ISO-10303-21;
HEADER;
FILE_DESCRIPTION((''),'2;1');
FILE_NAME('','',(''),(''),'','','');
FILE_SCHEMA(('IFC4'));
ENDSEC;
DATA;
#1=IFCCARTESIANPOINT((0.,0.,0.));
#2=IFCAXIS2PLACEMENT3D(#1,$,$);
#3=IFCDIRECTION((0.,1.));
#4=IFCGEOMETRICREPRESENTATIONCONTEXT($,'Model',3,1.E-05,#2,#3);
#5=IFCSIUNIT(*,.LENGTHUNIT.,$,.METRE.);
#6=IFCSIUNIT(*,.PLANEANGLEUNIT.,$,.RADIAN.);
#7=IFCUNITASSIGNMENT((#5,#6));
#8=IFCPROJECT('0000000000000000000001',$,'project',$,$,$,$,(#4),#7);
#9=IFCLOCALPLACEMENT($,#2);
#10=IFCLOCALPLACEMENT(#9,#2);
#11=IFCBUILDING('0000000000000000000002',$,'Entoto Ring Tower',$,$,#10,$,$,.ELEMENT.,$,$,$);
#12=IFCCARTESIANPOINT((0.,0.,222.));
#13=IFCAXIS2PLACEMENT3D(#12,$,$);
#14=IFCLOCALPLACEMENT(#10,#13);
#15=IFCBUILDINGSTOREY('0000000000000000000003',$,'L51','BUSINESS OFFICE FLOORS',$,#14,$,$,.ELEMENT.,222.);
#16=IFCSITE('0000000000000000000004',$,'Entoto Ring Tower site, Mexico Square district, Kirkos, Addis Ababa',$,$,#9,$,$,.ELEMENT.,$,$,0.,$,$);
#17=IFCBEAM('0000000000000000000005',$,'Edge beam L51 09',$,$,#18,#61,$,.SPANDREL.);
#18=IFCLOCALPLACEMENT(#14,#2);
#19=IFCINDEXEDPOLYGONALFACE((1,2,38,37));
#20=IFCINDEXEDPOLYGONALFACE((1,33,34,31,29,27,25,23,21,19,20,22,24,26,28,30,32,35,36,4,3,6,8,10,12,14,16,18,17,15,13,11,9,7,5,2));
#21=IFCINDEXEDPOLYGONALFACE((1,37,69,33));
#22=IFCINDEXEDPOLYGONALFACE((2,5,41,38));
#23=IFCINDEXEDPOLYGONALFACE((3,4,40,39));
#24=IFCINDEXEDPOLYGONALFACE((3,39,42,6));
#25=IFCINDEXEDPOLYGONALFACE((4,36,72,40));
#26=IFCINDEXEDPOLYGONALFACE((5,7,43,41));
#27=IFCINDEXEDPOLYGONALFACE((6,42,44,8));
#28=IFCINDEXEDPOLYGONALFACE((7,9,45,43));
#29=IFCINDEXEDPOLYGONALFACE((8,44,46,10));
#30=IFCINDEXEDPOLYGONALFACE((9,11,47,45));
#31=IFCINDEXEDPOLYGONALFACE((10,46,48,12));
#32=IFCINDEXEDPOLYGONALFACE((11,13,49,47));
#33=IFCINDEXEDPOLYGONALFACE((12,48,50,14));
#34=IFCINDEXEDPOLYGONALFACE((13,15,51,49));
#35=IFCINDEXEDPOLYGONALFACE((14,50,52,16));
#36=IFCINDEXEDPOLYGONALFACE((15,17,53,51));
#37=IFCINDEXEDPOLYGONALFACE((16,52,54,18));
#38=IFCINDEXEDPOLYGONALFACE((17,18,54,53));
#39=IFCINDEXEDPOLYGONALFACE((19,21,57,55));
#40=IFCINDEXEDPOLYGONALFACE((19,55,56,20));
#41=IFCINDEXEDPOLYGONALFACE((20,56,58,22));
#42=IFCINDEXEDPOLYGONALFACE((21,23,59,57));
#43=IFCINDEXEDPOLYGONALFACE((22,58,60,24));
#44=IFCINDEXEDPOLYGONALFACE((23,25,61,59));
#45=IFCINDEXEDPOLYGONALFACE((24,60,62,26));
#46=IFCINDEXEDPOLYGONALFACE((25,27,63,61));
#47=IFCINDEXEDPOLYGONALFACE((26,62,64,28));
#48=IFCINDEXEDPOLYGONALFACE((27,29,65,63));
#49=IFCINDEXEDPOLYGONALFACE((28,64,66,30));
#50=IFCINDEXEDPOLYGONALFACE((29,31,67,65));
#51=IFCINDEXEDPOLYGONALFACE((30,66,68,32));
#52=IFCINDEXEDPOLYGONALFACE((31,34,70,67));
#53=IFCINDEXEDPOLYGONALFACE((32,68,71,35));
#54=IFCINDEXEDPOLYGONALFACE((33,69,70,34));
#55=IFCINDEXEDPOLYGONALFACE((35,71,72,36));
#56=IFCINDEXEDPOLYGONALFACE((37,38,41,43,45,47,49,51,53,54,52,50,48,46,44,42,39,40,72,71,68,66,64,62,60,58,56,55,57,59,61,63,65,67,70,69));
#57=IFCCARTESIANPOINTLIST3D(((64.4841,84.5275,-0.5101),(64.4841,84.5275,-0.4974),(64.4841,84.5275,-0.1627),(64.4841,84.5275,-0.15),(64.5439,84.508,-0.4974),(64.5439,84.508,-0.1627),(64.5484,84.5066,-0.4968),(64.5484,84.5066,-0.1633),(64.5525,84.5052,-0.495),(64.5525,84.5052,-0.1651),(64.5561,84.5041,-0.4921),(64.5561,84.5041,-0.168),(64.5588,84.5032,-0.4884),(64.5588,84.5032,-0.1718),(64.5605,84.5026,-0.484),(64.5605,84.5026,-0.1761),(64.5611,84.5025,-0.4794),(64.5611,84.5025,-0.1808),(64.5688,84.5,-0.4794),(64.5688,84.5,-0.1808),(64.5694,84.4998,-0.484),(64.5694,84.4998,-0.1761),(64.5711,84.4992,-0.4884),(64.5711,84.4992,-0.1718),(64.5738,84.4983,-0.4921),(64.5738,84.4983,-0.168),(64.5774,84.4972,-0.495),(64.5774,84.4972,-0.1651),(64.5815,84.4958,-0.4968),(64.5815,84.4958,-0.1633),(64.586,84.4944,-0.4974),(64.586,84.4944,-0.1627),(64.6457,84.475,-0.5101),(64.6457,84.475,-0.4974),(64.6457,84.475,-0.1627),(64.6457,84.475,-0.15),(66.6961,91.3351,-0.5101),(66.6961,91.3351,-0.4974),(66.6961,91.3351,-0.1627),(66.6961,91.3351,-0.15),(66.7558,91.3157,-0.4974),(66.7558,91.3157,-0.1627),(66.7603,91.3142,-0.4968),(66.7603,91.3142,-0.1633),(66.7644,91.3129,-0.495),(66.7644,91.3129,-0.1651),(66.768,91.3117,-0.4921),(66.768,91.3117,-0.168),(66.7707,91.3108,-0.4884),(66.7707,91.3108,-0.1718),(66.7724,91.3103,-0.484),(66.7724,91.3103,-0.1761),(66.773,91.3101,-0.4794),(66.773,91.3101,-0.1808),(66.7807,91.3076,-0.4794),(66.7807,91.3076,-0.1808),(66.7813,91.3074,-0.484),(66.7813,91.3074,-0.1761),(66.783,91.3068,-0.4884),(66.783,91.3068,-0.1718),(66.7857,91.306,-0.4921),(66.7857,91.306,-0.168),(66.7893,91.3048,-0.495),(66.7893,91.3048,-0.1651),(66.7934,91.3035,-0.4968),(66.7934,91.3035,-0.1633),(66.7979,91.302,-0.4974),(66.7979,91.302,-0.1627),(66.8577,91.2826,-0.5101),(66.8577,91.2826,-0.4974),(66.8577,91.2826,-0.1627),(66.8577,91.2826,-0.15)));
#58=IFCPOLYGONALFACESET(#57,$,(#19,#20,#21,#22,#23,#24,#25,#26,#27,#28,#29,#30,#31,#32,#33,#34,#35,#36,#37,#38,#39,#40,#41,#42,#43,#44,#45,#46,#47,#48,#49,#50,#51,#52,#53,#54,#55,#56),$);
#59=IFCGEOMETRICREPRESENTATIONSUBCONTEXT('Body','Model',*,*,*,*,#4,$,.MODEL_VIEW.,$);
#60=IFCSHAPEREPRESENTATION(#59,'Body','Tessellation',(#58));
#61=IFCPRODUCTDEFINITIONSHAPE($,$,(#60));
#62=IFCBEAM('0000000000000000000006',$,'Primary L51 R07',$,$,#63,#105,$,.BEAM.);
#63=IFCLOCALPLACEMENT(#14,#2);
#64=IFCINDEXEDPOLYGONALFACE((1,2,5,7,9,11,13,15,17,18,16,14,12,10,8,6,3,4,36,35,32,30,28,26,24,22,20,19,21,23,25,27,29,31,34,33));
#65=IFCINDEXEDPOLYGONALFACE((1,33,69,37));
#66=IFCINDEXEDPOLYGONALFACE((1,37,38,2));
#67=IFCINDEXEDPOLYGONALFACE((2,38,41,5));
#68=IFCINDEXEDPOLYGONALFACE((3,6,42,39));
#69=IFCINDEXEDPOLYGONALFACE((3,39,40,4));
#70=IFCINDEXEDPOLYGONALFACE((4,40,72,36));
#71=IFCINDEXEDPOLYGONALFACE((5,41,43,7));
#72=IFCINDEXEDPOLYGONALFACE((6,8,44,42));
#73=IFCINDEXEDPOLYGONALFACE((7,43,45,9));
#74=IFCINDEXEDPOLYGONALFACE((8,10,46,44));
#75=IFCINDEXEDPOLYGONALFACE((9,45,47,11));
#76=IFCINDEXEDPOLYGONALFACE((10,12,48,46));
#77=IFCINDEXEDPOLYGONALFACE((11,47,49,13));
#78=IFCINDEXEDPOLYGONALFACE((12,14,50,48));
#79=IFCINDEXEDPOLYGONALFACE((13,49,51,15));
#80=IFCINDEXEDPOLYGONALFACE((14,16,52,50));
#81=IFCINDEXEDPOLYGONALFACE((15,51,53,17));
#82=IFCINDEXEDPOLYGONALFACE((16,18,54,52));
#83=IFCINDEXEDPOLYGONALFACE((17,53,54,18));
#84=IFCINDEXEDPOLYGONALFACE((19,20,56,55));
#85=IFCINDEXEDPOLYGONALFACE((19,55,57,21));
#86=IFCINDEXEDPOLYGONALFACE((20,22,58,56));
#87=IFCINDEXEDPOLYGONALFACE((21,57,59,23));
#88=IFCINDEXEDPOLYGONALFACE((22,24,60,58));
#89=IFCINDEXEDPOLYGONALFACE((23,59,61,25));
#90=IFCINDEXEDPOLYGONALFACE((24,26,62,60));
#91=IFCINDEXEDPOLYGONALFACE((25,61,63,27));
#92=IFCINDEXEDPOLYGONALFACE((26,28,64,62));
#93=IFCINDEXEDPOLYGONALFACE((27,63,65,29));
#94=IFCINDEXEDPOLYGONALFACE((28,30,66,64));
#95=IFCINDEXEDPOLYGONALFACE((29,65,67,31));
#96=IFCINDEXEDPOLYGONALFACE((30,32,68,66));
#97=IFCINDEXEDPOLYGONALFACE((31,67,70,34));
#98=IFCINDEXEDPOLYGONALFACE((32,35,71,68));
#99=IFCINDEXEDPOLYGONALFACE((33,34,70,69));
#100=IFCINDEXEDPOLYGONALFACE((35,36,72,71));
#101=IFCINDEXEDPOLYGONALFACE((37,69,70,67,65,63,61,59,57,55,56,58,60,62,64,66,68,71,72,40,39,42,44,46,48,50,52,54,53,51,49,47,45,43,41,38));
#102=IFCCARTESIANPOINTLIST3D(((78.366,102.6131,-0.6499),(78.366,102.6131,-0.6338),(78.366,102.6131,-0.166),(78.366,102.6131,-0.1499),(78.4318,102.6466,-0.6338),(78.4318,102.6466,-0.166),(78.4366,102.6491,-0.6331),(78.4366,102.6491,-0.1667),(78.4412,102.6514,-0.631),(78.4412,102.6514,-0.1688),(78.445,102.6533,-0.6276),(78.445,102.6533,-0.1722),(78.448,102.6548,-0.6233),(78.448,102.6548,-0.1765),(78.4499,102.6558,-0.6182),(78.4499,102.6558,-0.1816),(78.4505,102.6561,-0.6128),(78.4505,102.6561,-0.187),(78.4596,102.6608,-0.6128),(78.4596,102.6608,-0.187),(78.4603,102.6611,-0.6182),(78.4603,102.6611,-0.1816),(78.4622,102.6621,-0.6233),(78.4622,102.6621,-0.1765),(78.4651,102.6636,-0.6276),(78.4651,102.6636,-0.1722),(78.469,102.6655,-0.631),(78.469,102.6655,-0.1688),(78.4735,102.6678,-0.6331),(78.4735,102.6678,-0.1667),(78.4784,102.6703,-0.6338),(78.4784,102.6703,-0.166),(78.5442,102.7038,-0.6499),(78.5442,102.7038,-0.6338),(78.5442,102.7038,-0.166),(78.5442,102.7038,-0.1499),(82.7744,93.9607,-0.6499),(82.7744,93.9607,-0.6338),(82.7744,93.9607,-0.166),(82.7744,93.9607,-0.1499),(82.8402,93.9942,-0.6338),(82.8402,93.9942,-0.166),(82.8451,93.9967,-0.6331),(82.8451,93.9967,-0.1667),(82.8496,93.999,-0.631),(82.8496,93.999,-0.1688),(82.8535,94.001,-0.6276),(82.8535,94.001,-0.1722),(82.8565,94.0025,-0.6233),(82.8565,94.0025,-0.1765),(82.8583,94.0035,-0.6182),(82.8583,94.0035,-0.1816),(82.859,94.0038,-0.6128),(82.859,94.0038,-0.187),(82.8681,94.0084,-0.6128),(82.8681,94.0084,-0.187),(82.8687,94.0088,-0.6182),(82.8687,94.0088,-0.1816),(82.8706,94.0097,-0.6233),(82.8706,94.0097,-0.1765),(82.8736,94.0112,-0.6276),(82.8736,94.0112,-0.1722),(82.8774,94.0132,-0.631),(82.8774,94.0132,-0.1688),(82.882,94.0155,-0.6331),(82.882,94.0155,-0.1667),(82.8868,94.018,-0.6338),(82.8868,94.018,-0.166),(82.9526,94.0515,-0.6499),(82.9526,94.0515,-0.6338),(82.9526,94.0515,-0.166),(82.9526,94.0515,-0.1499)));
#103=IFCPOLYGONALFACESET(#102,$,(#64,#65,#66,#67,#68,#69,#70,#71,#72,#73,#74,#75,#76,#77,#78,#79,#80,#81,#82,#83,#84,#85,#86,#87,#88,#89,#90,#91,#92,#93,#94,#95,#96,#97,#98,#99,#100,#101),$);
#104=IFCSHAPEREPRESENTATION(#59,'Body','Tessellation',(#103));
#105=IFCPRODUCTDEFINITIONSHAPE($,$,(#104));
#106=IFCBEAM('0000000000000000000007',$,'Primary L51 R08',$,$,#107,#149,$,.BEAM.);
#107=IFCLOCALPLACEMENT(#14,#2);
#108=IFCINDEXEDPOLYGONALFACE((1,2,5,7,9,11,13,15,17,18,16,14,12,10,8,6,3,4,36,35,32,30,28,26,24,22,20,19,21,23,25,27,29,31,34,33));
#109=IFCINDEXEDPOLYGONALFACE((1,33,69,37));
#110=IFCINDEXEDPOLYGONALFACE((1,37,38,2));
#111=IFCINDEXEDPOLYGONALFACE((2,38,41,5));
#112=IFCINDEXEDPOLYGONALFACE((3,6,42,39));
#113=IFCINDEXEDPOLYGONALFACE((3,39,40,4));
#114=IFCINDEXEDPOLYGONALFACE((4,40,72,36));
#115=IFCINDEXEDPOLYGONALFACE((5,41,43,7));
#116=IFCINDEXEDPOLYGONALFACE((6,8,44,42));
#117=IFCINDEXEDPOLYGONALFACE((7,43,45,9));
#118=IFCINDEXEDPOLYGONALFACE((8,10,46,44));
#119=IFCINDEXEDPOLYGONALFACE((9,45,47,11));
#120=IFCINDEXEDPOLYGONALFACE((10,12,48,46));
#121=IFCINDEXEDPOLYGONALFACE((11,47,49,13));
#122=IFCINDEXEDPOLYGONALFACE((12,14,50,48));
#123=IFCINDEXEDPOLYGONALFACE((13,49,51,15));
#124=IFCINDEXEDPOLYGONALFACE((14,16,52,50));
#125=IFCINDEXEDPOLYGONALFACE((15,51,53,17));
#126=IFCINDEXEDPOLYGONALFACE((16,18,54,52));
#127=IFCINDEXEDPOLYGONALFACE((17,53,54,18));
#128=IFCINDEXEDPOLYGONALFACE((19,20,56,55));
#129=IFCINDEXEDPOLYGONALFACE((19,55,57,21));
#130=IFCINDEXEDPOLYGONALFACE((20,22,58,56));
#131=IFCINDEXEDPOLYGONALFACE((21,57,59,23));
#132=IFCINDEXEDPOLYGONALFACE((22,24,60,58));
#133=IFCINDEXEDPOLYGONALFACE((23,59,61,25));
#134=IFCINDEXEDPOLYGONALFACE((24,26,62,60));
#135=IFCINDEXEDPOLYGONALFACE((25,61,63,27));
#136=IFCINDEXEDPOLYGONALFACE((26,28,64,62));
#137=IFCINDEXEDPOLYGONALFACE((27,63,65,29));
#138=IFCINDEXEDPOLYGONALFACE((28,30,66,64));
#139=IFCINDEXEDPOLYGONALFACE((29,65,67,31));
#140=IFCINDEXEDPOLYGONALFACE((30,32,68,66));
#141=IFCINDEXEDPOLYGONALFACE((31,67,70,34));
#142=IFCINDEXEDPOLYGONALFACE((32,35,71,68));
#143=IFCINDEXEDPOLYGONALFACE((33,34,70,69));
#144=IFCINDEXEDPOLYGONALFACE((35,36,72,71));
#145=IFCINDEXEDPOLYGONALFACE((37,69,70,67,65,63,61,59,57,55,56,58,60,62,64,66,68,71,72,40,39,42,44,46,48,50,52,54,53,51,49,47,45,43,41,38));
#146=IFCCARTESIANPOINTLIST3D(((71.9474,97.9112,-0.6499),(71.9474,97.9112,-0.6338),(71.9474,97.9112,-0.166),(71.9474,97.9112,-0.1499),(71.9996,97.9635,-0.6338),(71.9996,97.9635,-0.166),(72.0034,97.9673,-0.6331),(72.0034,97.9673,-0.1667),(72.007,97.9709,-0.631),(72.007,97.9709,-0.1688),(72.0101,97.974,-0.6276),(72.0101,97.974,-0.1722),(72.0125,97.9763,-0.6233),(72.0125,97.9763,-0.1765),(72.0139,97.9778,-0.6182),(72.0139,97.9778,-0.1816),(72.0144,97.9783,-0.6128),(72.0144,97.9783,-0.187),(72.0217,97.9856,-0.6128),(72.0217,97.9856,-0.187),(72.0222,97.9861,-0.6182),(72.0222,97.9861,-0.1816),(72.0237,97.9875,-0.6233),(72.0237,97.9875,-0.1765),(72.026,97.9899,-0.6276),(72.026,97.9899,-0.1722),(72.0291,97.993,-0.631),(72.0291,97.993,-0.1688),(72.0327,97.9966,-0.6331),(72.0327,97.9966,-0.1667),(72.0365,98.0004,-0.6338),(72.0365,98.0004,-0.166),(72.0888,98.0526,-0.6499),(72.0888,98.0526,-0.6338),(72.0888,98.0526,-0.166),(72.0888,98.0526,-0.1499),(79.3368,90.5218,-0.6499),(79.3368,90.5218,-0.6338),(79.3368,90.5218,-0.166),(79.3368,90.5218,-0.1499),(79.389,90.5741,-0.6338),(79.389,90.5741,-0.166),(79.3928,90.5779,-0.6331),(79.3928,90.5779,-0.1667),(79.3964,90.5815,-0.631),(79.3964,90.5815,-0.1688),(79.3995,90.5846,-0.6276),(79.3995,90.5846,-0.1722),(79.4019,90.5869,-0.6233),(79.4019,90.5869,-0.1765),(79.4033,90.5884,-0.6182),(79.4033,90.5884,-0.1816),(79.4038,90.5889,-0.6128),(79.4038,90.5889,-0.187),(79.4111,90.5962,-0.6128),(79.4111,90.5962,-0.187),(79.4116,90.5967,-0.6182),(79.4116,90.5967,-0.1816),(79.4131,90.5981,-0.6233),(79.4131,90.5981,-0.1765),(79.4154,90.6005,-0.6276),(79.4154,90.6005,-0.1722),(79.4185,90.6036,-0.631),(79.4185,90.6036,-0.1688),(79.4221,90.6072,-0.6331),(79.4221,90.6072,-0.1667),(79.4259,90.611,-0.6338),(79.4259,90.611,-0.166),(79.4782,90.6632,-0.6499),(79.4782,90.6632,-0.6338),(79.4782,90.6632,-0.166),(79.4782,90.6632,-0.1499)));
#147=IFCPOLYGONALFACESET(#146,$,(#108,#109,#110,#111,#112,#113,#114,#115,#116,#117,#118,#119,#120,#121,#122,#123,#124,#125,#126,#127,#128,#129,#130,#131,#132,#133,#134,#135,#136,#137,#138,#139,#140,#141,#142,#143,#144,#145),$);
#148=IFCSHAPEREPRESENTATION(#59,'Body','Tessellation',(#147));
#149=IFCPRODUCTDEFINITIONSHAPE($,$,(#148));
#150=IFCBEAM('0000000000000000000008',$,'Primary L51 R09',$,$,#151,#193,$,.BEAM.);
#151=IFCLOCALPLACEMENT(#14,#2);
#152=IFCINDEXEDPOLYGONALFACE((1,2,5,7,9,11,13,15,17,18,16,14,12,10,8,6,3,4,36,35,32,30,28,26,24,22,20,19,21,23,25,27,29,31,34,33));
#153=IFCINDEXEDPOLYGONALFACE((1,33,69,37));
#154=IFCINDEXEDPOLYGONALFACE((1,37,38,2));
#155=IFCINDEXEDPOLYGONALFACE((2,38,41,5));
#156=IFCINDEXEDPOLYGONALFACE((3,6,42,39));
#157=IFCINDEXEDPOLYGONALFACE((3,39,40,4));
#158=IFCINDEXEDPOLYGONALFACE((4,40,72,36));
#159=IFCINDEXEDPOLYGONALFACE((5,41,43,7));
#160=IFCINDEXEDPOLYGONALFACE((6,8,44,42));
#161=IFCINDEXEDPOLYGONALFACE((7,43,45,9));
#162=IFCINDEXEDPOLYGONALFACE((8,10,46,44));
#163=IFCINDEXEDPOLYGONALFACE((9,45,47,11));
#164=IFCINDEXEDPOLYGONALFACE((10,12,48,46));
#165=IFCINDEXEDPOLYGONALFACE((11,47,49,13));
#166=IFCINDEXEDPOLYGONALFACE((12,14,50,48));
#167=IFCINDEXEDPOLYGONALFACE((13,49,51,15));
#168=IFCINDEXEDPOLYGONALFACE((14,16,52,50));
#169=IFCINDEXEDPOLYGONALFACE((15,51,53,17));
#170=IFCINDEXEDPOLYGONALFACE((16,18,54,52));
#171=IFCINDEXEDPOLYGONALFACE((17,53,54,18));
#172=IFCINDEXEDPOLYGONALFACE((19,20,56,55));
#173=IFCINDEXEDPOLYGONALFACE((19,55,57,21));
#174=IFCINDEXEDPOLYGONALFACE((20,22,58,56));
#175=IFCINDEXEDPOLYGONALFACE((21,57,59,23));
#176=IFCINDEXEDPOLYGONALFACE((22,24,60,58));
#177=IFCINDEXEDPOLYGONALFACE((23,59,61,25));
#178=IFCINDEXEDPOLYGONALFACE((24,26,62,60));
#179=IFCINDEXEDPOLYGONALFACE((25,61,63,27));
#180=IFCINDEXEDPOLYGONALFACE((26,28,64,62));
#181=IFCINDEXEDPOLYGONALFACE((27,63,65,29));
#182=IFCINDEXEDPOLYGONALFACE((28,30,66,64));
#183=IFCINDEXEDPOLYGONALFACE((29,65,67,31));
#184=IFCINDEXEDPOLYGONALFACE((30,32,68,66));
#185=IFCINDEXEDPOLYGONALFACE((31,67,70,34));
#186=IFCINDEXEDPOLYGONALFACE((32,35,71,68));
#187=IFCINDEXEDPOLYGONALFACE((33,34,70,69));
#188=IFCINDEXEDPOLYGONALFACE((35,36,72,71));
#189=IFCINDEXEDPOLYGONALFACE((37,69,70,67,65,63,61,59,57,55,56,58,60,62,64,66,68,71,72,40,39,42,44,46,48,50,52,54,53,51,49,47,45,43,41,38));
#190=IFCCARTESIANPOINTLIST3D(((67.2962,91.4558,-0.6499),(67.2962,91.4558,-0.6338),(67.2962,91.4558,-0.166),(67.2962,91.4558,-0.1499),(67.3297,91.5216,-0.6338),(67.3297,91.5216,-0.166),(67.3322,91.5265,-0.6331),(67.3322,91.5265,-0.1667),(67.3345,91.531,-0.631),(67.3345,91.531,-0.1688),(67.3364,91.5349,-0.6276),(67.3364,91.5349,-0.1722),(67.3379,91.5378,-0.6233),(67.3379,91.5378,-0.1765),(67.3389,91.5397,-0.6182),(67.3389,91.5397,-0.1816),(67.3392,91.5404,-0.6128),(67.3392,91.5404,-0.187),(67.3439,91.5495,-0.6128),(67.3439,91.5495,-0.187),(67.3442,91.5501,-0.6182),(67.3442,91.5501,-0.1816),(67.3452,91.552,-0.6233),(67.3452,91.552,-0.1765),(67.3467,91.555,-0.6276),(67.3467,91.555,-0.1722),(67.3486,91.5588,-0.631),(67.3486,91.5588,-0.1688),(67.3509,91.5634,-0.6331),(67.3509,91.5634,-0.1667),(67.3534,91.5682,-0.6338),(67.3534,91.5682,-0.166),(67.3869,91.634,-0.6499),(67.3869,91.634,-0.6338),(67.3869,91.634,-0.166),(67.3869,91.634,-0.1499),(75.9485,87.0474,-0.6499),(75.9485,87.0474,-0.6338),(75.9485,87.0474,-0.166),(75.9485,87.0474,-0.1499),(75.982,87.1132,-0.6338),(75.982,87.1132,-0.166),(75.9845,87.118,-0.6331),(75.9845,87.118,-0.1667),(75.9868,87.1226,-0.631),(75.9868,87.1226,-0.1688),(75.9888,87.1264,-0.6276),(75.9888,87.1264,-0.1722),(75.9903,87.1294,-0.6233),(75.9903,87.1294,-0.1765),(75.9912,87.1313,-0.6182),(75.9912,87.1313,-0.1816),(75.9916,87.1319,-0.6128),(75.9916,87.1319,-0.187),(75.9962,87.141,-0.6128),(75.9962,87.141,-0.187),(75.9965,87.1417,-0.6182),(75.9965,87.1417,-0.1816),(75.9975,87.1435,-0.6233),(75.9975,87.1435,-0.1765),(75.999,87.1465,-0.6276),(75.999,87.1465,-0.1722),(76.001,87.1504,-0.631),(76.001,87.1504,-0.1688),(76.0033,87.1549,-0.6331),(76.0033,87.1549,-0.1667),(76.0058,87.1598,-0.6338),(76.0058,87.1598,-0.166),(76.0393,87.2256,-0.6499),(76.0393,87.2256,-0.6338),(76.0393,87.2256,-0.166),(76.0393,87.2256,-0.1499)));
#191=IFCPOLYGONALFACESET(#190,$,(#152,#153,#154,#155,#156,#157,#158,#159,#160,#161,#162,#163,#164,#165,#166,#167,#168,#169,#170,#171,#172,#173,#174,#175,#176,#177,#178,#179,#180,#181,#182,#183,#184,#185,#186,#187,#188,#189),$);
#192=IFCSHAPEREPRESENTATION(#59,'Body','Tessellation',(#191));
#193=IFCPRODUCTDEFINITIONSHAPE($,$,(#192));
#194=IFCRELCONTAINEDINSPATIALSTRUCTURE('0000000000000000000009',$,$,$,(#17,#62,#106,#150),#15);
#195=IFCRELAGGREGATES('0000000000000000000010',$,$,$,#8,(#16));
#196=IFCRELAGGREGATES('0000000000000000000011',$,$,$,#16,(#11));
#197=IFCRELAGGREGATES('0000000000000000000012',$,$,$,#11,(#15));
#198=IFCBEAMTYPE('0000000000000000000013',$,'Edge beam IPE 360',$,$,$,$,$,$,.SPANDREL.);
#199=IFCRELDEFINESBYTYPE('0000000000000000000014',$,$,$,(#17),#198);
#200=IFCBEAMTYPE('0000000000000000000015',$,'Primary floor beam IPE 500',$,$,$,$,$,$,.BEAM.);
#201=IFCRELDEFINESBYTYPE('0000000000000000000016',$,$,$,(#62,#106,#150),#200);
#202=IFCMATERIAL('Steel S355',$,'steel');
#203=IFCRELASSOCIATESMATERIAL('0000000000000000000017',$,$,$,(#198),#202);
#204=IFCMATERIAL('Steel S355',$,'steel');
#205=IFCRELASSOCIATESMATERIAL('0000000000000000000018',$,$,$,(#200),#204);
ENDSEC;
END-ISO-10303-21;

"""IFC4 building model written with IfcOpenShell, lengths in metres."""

from ifc_helpers import new_model, si_unit, direction, frame, origin, origin_2d, place, context, subcontext, project, spatial, i_section, extrude, material, material_profile, profile_set, type_object, element, save


model = new_model("IFC4")

# Units and contexts
model_context = context("Model", 3, precision=1e-05, world=origin(), true_north=direction((0.0, 1.0)))
body_context = subcontext(model_context, "Body", "Model", "MODEL_VIEW")
ifc_project = project(units=[si_unit("LENGTHUNIT", "METRE"), si_unit("PLANEANGLEUNIT", "RADIAN")], contexts=[model_context])

# Site, building, storey
site_placement = place(None, origin())
site = spatial("IfcSite", under=ifc_project, at=site_placement, Name="Entoto Ring Tower site, Mexico Square district, Kirkos, Addis Ababa", CompositionType="ELEMENT", RefElevation=0.0)
building_placement = place(site_placement, origin())
building = spatial("IfcBuilding", under=site, at=building_placement, Name="Entoto Ring Tower", CompositionType="ELEMENT")
storey_placement = place(building_placement, frame((0.0, 0.0, 222.0)))
storey = spatial("IfcBuildingStorey", under=building, at=storey_placement, Name="L51", Description="BUSINESS OFFICE FLOORS", CompositionType="ELEMENT", Elevation=222.0)

# Beams
ifc_material_1 = material(Name="Steel S355", Category="steel")
ifc_material_profile_1 = material_profile(ifc_material_1, i_section(OverallWidth=0.1699, OverallDepth=0.3601, WebThickness=0.0081, FlangeThickness=0.0127, FilletRadius=0.0181, at=origin_2d()), Name="IPE 360")
ifc_profile_set_1 = profile_set([ifc_material_profile_1], Name="Steel S355")
beam_type_1 = type_object("IfcBeamType", Name="Edge beam IPE 360", PredefinedType="SPANDREL", material=ifc_profile_set_1)
beam_1_placement = place(storey_placement, frame((66.7769, 91.3088, -0.3301), z_axis=(-0.309015, -0.951057, 0.0), x_axis=(0.951057, -0.309015, 0.0)))
element("IfcBeam", 1, at=beam_1_placement, inside=storey, type_object=beam_type_1, Name="Edge beam L51 09", PredefinedType="SPANDREL", context=body_context, shape_type="SweptSolid", body=[
    extrude(i_section(OverallWidth=0.1699, OverallDepth=0.3601, WebThickness=0.0081, FlangeThickness=0.0127, FilletRadius=0.0181, at=origin_2d()), origin(), (0.0, 0.0, 1.0), 7.158),
])
ifc_material_2 = material(Name="Steel S355", Category="steel")
ifc_material_profile_2 = material_profile(ifc_material_2, i_section(OverallWidth=0.2, OverallDepth=0.5, WebThickness=0.0103, FlangeThickness=0.0161, FilletRadius=0.021, at=origin_2d()), Name="IPE 500")
ifc_profile_set_2 = profile_set([ifc_material_profile_2], Name="Steel S355")
beam_type_2 = type_object("IfcBeamType", Name="Primary floor beam IPE 500", PredefinedType="BEAM", material=ifc_profile_set_2)
beam_2_placement = place(storey_placement, frame((82.8635, 94.0061, -0.3999), z_axis=(-0.453979, 0.891012, 0.0), x_axis=(-0.891012, -0.453979, 0.0)))
element("IfcBeam", 2, at=beam_2_placement, inside=storey, type_object=beam_type_2, Name="Primary L51 R07", PredefinedType="BEAM", context=body_context, shape_type="SweptSolid", body=[
    extrude(i_section(OverallWidth=0.2, OverallDepth=0.5, WebThickness=0.0103, FlangeThickness=0.0161, FilletRadius=0.021, at=origin_2d()), origin(), (0.0, 0.0, 1.0), 9.7107),
])
beam_3_placement = place(storey_placement, frame((79.4075, 90.5925, -0.3999), z_axis=(-0.707107, 0.707107, 0.0), x_axis=(-0.707107, -0.707107, 0.0)))
element("IfcBeam", 3, at=beam_3_placement, inside=storey, type_object=beam_type_2, Name="Primary L51 R08", PredefinedType="BEAM", context=body_context, shape_type="SweptSolid", body=[
    extrude(i_section(OverallWidth=0.2, OverallDepth=0.5, WebThickness=0.0103, FlangeThickness=0.0161, FilletRadius=0.021, at=origin_2d()), origin(), (0.0, 0.0, 1.0), 10.4502),
])
beam_4_placement = place(storey_placement, frame((75.9939, 87.1365, -0.3999), z_axis=(-0.891012, 0.453979, 0.0), x_axis=(-0.453979, -0.891012, 0.0)))
element("IfcBeam", 4, at=beam_4_placement, inside=storey, type_object=beam_type_2, Name="Primary L51 R09", PredefinedType="BEAM", context=body_context, shape_type="SweptSolid", body=[
    extrude(i_section(OverallWidth=0.2, OverallDepth=0.5, WebThickness=0.0103, FlangeThickness=0.0161, FilletRadius=0.021, at=origin_2d()), origin(), (0.0, 0.0, 1.0), 9.7107),
])

save(model, "model.ifc")
